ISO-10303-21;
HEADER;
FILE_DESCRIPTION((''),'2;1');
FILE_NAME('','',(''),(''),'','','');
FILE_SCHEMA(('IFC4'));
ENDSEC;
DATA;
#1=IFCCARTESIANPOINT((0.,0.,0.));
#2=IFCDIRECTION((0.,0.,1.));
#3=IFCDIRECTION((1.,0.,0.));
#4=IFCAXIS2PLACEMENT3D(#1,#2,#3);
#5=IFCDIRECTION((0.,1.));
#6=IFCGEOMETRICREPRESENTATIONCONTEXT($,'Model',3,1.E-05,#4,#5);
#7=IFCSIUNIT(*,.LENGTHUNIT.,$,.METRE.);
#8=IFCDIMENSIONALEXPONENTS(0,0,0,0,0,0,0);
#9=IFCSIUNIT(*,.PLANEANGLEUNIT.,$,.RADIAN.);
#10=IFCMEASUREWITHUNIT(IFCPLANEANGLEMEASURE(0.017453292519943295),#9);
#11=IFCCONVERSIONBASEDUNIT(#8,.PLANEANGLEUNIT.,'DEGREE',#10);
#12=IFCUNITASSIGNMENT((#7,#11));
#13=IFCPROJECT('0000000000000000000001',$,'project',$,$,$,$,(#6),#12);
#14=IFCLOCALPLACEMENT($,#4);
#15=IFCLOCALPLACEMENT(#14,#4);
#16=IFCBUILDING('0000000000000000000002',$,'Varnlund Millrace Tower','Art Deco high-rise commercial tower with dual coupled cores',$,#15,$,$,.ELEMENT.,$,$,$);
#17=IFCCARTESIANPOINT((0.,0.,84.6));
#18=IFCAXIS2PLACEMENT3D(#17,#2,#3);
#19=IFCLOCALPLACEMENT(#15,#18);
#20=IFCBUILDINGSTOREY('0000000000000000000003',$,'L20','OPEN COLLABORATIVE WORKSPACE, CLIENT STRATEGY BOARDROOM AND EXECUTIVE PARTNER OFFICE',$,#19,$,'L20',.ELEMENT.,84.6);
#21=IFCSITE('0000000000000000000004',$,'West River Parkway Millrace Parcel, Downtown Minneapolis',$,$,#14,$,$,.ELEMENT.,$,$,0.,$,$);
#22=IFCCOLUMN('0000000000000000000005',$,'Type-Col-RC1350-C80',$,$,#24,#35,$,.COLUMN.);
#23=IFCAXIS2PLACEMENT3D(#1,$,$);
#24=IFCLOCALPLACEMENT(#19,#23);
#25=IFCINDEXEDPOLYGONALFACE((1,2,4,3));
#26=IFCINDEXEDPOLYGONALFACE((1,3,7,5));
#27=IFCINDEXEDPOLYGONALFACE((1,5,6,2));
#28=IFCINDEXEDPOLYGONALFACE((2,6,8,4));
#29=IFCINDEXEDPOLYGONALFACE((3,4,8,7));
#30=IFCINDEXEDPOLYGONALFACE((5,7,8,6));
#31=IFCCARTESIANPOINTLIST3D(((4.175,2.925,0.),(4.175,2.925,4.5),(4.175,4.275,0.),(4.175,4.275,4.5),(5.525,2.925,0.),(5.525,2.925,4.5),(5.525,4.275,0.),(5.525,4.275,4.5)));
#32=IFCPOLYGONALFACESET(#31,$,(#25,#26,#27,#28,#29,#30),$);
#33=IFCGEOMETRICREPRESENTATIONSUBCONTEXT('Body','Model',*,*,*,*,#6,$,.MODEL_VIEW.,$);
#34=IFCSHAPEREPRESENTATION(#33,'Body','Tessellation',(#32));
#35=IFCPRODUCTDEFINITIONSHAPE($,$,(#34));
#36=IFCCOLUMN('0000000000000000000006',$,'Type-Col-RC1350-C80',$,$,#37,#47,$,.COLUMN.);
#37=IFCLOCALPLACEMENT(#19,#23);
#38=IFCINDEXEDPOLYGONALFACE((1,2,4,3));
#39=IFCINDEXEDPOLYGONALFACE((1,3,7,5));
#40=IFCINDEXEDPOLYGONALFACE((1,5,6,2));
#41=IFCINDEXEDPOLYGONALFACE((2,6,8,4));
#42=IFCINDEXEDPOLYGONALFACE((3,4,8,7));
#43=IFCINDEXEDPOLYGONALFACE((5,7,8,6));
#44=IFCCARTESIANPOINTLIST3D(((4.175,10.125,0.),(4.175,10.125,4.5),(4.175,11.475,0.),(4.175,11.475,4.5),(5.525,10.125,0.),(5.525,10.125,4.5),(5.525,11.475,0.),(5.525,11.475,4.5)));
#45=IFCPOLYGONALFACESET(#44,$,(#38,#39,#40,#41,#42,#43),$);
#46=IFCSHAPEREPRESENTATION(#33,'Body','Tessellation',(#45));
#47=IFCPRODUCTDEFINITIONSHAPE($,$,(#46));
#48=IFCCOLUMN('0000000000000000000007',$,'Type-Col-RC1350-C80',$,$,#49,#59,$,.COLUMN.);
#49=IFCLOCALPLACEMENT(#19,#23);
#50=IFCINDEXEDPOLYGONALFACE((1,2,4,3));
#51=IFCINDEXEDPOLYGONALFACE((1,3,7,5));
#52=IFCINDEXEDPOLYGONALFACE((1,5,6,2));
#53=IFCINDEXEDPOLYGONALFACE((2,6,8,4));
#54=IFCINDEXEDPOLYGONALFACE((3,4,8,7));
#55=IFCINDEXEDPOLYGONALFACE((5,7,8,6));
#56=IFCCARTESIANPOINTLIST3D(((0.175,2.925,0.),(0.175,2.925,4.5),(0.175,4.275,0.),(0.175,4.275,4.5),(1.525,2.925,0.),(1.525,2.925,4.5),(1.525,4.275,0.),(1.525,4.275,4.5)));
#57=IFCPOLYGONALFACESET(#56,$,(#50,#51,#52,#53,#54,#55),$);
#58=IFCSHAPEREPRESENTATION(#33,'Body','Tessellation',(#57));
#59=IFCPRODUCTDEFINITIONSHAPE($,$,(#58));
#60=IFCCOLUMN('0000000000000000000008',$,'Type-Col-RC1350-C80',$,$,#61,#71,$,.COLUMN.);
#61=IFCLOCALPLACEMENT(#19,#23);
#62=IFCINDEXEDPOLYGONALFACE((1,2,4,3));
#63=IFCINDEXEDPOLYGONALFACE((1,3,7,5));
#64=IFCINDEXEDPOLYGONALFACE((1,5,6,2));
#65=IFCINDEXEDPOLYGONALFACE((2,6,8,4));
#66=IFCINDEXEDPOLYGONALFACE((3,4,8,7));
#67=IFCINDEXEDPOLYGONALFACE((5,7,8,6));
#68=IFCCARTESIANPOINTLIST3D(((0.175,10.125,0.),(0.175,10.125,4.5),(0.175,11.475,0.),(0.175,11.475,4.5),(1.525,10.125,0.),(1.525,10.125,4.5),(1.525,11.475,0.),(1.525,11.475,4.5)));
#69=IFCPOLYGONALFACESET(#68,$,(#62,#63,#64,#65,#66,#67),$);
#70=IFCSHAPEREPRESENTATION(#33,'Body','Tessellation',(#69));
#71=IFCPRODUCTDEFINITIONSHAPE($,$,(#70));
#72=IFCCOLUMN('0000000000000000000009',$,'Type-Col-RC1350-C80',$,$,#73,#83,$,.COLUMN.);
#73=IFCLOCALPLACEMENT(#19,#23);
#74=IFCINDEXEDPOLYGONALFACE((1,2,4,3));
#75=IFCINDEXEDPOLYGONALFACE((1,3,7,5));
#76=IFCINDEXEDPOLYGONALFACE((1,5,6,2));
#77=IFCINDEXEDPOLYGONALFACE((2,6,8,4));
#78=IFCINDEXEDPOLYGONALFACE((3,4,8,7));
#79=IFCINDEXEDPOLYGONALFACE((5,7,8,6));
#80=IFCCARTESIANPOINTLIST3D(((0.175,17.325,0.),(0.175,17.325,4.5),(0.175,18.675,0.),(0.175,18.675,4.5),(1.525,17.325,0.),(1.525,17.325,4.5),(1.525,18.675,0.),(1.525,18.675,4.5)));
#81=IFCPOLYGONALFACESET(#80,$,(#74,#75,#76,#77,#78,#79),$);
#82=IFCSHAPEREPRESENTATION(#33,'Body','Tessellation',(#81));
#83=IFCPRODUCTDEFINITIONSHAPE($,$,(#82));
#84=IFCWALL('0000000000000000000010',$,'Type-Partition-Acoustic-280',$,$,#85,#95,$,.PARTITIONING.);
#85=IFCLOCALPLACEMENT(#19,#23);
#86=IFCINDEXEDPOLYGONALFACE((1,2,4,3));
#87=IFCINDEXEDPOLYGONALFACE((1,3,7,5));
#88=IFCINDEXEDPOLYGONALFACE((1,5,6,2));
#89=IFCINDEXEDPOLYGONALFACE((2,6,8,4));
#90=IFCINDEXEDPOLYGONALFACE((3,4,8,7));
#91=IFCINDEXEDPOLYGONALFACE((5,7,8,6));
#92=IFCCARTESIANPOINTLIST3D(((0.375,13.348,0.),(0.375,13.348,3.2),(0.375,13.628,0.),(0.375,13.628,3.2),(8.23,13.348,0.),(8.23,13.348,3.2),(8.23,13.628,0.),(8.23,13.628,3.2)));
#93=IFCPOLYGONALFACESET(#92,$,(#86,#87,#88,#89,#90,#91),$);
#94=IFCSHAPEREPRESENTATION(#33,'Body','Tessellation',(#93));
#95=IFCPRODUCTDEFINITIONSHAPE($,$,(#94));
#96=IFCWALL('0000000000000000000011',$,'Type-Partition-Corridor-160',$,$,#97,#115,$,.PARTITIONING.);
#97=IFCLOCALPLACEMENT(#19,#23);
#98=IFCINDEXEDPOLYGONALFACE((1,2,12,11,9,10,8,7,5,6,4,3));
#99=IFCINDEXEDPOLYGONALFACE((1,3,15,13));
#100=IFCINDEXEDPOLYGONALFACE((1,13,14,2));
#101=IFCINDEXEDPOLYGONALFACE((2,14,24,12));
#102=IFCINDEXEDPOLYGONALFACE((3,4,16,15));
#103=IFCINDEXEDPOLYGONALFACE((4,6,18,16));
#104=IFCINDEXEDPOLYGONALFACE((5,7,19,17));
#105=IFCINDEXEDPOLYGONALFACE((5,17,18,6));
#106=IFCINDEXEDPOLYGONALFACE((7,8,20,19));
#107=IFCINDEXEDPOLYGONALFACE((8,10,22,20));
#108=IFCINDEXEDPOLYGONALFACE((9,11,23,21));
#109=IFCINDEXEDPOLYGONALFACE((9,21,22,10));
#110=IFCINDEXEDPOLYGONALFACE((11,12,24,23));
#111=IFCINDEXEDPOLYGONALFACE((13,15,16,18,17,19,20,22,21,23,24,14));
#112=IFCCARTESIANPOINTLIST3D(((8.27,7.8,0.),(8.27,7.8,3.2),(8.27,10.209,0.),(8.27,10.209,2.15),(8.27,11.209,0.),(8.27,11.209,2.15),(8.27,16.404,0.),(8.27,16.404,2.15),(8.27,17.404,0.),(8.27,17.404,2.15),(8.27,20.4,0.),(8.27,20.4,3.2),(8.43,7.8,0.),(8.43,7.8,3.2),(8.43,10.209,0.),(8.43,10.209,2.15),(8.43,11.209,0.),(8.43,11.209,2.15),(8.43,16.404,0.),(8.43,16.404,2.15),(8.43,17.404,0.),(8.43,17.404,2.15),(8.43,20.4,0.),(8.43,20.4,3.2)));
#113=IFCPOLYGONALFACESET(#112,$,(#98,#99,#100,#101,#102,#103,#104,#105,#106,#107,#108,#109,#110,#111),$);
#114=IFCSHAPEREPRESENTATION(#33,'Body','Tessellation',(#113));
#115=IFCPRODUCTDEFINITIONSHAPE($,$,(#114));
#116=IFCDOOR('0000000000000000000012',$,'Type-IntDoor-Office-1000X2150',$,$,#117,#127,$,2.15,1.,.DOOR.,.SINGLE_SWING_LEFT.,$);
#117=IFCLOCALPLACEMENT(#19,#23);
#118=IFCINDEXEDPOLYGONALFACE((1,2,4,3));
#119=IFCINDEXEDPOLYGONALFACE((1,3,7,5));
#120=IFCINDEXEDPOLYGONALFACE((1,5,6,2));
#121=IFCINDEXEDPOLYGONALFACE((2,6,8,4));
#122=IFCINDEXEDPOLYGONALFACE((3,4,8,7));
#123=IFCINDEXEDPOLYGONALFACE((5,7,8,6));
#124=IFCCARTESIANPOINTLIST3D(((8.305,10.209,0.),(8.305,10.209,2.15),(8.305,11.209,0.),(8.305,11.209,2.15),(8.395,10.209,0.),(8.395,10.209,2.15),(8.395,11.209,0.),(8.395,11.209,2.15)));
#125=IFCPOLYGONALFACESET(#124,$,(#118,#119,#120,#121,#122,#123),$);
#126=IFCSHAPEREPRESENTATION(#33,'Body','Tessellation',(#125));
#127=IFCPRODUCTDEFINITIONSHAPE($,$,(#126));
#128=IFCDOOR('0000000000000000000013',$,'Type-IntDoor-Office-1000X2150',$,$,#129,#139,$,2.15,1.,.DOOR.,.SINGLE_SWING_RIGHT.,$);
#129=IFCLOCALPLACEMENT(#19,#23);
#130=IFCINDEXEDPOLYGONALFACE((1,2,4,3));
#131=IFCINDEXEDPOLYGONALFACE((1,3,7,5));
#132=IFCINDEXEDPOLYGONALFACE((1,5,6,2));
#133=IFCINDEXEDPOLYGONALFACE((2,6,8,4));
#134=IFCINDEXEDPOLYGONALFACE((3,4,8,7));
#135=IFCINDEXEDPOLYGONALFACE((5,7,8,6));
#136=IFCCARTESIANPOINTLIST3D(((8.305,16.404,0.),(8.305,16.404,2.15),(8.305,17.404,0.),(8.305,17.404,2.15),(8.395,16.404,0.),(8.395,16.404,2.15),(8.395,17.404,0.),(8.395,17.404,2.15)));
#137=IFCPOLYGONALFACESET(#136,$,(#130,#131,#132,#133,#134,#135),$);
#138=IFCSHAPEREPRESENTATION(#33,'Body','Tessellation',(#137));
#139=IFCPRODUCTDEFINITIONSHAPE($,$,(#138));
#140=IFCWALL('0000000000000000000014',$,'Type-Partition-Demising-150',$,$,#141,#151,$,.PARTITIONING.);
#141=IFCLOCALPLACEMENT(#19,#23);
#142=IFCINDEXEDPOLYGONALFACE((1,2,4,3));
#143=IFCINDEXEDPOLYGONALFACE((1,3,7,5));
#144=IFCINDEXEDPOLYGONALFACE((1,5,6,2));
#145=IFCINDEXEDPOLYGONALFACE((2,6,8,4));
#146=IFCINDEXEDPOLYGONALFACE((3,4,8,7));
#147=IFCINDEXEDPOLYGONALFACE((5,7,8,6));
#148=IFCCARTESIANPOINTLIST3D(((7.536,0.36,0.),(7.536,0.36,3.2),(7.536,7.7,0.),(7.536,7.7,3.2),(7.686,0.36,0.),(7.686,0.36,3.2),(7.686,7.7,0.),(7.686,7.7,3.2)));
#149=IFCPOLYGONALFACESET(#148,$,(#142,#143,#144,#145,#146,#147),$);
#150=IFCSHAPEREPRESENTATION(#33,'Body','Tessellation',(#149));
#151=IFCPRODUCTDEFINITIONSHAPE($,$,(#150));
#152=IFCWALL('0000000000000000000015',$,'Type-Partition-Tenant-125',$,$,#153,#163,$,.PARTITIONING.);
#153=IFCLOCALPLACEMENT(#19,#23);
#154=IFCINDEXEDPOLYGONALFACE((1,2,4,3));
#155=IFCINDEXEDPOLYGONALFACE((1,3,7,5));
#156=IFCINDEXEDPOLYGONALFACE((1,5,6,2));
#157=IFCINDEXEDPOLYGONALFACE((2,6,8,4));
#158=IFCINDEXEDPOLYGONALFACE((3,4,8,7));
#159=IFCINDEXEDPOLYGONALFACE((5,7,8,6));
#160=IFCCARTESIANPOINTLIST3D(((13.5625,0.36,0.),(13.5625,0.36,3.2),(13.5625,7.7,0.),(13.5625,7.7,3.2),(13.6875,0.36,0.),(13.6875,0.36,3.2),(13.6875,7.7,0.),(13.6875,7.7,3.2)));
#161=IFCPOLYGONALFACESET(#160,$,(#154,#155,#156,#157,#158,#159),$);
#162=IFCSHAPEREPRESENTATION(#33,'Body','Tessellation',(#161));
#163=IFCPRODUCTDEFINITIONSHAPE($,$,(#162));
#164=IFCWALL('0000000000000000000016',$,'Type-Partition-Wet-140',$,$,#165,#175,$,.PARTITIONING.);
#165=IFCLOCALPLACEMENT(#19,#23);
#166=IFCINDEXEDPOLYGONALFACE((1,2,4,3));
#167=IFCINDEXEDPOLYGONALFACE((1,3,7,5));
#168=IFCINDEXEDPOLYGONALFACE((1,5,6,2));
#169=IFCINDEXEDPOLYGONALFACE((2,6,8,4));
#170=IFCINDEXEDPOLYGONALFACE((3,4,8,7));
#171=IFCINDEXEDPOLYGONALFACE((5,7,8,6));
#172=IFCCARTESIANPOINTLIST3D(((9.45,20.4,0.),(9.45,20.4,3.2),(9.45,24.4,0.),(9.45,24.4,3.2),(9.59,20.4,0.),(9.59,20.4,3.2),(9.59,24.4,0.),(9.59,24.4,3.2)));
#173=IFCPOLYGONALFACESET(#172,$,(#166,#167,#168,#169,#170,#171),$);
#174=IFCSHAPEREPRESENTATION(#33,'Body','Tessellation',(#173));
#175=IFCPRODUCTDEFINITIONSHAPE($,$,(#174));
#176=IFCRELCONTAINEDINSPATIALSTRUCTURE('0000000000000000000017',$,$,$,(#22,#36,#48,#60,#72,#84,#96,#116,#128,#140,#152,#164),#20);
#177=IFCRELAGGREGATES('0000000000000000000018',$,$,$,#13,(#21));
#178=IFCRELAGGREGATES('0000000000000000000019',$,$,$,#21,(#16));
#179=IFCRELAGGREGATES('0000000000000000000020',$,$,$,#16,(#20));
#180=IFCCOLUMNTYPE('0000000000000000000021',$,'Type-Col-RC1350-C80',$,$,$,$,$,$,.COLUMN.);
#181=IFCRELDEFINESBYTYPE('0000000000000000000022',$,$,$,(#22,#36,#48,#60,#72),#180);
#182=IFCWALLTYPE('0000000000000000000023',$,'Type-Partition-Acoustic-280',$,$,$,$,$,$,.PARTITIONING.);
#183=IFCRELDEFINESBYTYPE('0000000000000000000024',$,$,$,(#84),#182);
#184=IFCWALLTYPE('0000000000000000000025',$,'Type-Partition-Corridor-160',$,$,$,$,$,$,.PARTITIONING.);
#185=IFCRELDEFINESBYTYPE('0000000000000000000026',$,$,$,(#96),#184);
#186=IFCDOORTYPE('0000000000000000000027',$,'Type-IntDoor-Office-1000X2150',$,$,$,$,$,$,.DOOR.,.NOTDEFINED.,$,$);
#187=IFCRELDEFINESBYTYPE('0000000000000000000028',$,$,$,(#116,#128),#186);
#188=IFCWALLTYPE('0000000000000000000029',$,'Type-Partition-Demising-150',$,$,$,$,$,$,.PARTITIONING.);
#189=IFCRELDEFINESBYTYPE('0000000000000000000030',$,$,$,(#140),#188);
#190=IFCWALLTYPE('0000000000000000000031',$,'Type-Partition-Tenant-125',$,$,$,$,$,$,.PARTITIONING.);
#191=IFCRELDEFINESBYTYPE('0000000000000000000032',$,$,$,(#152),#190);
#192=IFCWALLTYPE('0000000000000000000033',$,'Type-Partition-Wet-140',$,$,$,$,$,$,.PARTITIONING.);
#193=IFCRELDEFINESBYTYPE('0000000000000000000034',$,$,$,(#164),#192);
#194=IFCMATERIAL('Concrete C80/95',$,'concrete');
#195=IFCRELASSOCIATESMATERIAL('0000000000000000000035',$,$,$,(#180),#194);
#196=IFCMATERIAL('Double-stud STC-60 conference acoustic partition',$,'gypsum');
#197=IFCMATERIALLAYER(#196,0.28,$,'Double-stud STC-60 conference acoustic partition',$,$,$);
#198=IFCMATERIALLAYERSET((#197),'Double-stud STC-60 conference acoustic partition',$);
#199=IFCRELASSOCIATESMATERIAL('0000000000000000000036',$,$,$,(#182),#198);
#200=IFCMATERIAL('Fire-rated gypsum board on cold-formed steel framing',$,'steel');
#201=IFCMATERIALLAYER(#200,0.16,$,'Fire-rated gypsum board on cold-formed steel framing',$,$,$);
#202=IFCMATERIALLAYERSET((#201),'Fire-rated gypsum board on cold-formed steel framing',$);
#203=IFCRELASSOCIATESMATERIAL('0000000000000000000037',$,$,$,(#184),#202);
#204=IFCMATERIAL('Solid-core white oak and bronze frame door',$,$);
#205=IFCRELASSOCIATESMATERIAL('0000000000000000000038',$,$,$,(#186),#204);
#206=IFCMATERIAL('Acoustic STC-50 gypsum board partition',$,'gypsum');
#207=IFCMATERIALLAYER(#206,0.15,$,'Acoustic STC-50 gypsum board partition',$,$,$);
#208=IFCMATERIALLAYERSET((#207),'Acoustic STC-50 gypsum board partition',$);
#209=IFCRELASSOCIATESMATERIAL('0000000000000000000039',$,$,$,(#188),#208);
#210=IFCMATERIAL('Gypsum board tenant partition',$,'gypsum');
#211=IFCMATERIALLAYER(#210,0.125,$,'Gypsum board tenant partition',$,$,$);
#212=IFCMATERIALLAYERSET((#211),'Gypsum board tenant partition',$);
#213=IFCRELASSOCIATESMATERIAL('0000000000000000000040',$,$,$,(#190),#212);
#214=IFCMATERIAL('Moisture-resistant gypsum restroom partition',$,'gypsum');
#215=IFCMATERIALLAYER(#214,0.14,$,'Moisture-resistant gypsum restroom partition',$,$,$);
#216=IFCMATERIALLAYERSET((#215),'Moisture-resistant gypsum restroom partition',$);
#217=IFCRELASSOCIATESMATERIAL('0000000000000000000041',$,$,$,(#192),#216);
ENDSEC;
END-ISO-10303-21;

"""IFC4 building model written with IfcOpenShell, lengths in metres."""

from ifc_helpers import new_model, entity, si_unit, converted_unit, direction, frame, origin_with_axes, origin_2d_with_axis, place, context, subcontext, project, spatial, polyline, rectangle, outline, extrude, material, layer, layer_set, material_profile, profile_set, type_object, element, fill, save


model = new_model("IFC4")

# Units and contexts
model_context = context("Model", 3, precision=1e-05, world=origin_with_axes(), true_north=direction((0.0, 1.0)))
body_context = subcontext(model_context, "Body", "Model", "MODEL_VIEW")
ifc_project = project(units=[si_unit("LENGTHUNIT", "METRE"), converted_unit("PLANEANGLEUNIT", "DEGREE", entity("IfcPlaneAngleMeasure", 0.017453292519943295), si_unit("PLANEANGLEUNIT", "RADIAN"), dimensions=[0, 0, 0, 0, 0, 0, 0])], contexts=[model_context])

# Site, building, storey
site_placement = place(None, origin_with_axes())
site = spatial("IfcSite", under=ifc_project, at=site_placement, Name="West River Parkway Millrace Parcel, Downtown Minneapolis", CompositionType="ELEMENT", RefElevation=0.0)
building_placement = place(site_placement, origin_with_axes())
building = spatial("IfcBuilding", under=site, at=building_placement, Name="Varnlund Millrace Tower", Description="Art Deco high-rise commercial tower with dual coupled cores", CompositionType="ELEMENT")
storey_placement = place(building_placement, frame((0.0, 0.0, 84.6), z_axis=(0.0, 0.0, 1.0), x_axis=(1.0, 0.0, 0.0)))
storey = spatial("IfcBuildingStorey", under=building, at=storey_placement, Name="L20", Description="OPEN COLLABORATIVE WORKSPACE, CLIENT STRATEGY BOARDROOM AND EXECUTIVE PARTNER OFFICE", LongName="L20", CompositionType="ELEMENT", Elevation=84.6)

# Columns
ifc_material_1 = material(Name="Concrete C80/95", Category="concrete")
ifc_material_profile = material_profile(ifc_material_1, rectangle(XDim=1.35, YDim=1.35, at=origin_2d_with_axis()), Name="Concrete C80/95")
ifc_profile_set = profile_set([ifc_material_profile], Name="Concrete C80/95")
column_type = type_object("IfcColumnType", Name="Type-Col-RC1350-C80", PredefinedType="COLUMN", material=ifc_profile_set)
for number, where, z_axis, x_axis, name in (
    (1, (4.85, 3.6, 0.0), (0.0, 0.0, 1.0), (1.0, 0.0, 0.0), "Type-Col-RC1350-C80"),
    (2, (4.85, 10.8, 0.0), (0.0, 0.0, 1.0), (1.0, 0.0, 0.0), "Type-Col-RC1350-C80"),
    (3, (0.85, 3.6, 0.0), (0.0, 0.0, 1.0), (1.0, 0.0, 0.0), "Type-Col-RC1350-C80"),
    (4, (0.85, 10.8, 0.0), (0.0, 0.0, 1.0), (1.0, 0.0, 0.0), "Type-Col-RC1350-C80"),
    (5, (0.85, 18.0, 0.0), (0.0, 0.0, 1.0), (1.0, 0.0, 0.0), "Type-Col-RC1350-C80"),
):
    element("IfcColumn", number, at=place(storey_placement, frame(where, z_axis=z_axis, x_axis=x_axis)), inside=storey, type_object=column_type, Name=name, PredefinedType="COLUMN", context=body_context, shape_type="SweptSolid", body=[
        extrude(rectangle(XDim=1.35, YDim=1.35, at=origin_2d_with_axis()), origin_with_axes(), (0.0, 0.0, 1.0), 4.5),
    ])

# Wall
ifc_material_2 = material(Name="Double-stud STC-60 conference acoustic partition", Category="gypsum")
ifc_layer_1 = layer(ifc_material_2, 0.28, Name="Double-stud STC-60 conference acoustic partition")
ifc_layer_set_1 = layer_set([ifc_layer_1], Name="Double-stud STC-60 conference acoustic partition")
wall_type_1 = type_object("IfcWallType", Name="Type-Partition-Acoustic-280", PredefinedType="PARTITIONING", material=ifc_layer_set_1)
wall_1_placement = place(storey_placement, frame((0.375, 13.488, 0.0), z_axis=(0.0, 0.0, 1.0), x_axis=(1.0, 0.0, 0.0)))
element("IfcWall", 6, at=wall_1_placement, inside=storey, type_object=wall_type_1, Name="Type-Partition-Acoustic-280", PredefinedType="PARTITIONING", context=body_context, shape_type="SweptSolid", body=[
    extrude(outline(polyline([(0.0, -0.14), (7.855, -0.14), (7.855, 0.14), (0.0, 0.14), (0.0, -0.14)])), origin_with_axes(), (0.0, 0.0, 1.0), 3.2),
])

# Wall, openings, doors
ifc_material_3 = material(Name="Fire-rated gypsum board on cold-formed steel framing", Category="steel")
ifc_layer_2 = layer(ifc_material_3, 0.16, Name="Fire-rated gypsum board on cold-formed steel framing")
ifc_layer_set_2 = layer_set([ifc_layer_2], Name="Fire-rated gypsum board on cold-formed steel framing")
wall_type_2 = type_object("IfcWallType", Name="Type-Partition-Corridor-160", PredefinedType="PARTITIONING", material=ifc_layer_set_2)
ifc_material_4 = material(Name="Solid-core white oak and bronze frame door")
door_type_1 = type_object("IfcDoorType", Name="Type-IntDoor-Office-1000X2150", OperationType="NOTDEFINED", PredefinedType="DOOR", material=ifc_material_4)
wall_2_placement = place(storey_placement, frame((8.35, 7.8, 0.0), z_axis=(0.0, 0.0, 1.0), x_axis=(0.0, 1.0, 0.0)))
wall_2 = element("IfcWall", 7, at=wall_2_placement, inside=storey, type_object=wall_type_2, Name="Type-Partition-Corridor-160", PredefinedType="PARTITIONING", context=body_context, shape_type="SweptSolid", body=[
    extrude(outline(polyline([(0.0, -0.08), (12.6, -0.08), (12.6, 0.08), (0.0, 0.08), (0.0, -0.08)])), origin_with_axes(), (0.0, 0.0, 1.0), 3.2),
])
opening_1_placement = place(wall_2_placement, frame((2.909, 0.0, 0.0), z_axis=(0.0, 0.0, 1.0), x_axis=(1.0, 0.0, 0.0)))
opening_1 = element("IfcOpeningElement", 8, at=opening_1_placement, cuts=wall_2, PredefinedType="OPENING", context=body_context, shape_type="SweptSolid", body=[
    extrude(rectangle(XDim=1.0, YDim=0.18, at=origin_2d_with_axis()), origin_with_axes(), (0.0, 0.0, 1.0), 2.15),
])
opening_2_placement = place(wall_2_placement, frame((9.104, 0.0, 0.0), z_axis=(0.0, 0.0, 1.0), x_axis=(1.0, 0.0, 0.0)))
opening_2 = element("IfcOpeningElement", 9, at=opening_2_placement, cuts=wall_2, PredefinedType="OPENING", context=body_context, shape_type="SweptSolid", body=[
    extrude(rectangle(XDim=1.0, YDim=0.18, at=origin_2d_with_axis()), origin_with_axes(), (0.0, 0.0, 1.0), 2.15),
])
door_1_placement = place(wall_2_placement, frame((2.909, 0.0, 0.0), z_axis=(0.0, 0.0, 1.0), x_axis=(1.0, 0.0, 0.0)))
door_1 = element("IfcDoor", 10, at=door_1_placement, inside=storey, type_object=door_type_1, Name="Type-IntDoor-Office-1000X2150", OperationType="SINGLE_SWING_LEFT", OverallHeight=2.15, OverallWidth=1.0, PredefinedType="DOOR", context=body_context, shape_type="SweptSolid", body=[
    extrude(rectangle(XDim=1.0, YDim=0.09, at=origin_2d_with_axis()), origin_with_axes(), (0.0, 0.0, 1.0), 2.15),
])
fill(opening_1, door_1)
door_2_placement = place(wall_2_placement, frame((9.104, 0.0, 0.0), z_axis=(0.0, 0.0, 1.0), x_axis=(1.0, 0.0, 0.0)))
door_2 = element("IfcDoor", 11, at=door_2_placement, inside=storey, type_object=door_type_1, Name="Type-IntDoor-Office-1000X2150", OperationType="SINGLE_SWING_RIGHT", OverallHeight=2.15, OverallWidth=1.0, PredefinedType="DOOR", context=body_context, shape_type="SweptSolid", body=[
    extrude(rectangle(XDim=1.0, YDim=0.09, at=origin_2d_with_axis()), origin_with_axes(), (0.0, 0.0, 1.0), 2.15),
])
fill(opening_2, door_2)

# Walls
ifc_material_5 = material(Name="Acoustic STC-50 gypsum board partition", Category="gypsum")
ifc_layer_3 = layer(ifc_material_5, 0.15, Name="Acoustic STC-50 gypsum board partition")
ifc_layer_set_3 = layer_set([ifc_layer_3], Name="Acoustic STC-50 gypsum board partition")
wall_type_3 = type_object("IfcWallType", Name="Type-Partition-Demising-150", PredefinedType="PARTITIONING", material=ifc_layer_set_3)
wall_3_placement = place(storey_placement, frame((7.611, 0.36, 0.0), z_axis=(0.0, 0.0, 1.0), x_axis=(0.0, 1.0, 0.0)))
element("IfcWall", 12, at=wall_3_placement, inside=storey, type_object=wall_type_3, Name="Type-Partition-Demising-150", PredefinedType="PARTITIONING", context=body_context, shape_type="SweptSolid", body=[
    extrude(outline(polyline([(0.0, -0.075), (7.34, -0.075), (7.34, 0.075), (0.0, 0.075), (0.0, -0.075)])), origin_with_axes(), (0.0, 0.0, 1.0), 3.2),
])
ifc_material_6 = material(Name="Gypsum board tenant partition", Category="gypsum")
ifc_layer_4 = layer(ifc_material_6, 0.125, Name="Gypsum board tenant partition")
ifc_layer_set_4 = layer_set([ifc_layer_4], Name="Gypsum board tenant partition")
wall_type_4 = type_object("IfcWallType", Name="Type-Partition-Tenant-125", PredefinedType="PARTITIONING", material=ifc_layer_set_4)
wall_4_placement = place(storey_placement, frame((13.625, 0.36, 0.0), z_axis=(0.0, 0.0, 1.0), x_axis=(0.0, 1.0, 0.0)))
element("IfcWall", 13, at=wall_4_placement, inside=storey, type_object=wall_type_4, Name="Type-Partition-Tenant-125", PredefinedType="PARTITIONING", context=body_context, shape_type="SweptSolid", body=[
    extrude(outline(polyline([(0.0, -0.0625), (7.34, -0.0625), (7.34, 0.0625), (0.0, 0.0625), (0.0, -0.0625)])), origin_with_axes(), (0.0, 0.0, 1.0), 3.2),
])
ifc_material_7 = material(Name="Moisture-resistant gypsum restroom partition", Category="gypsum")
ifc_layer_5 = layer(ifc_material_7, 0.14, Name="Moisture-resistant gypsum restroom partition")
ifc_layer_set_5 = layer_set([ifc_layer_5], Name="Moisture-resistant gypsum restroom partition")
wall_type_5 = type_object("IfcWallType", Name="Type-Partition-Wet-140", PredefinedType="PARTITIONING", material=ifc_layer_set_5)
wall_5_placement = place(storey_placement, frame((9.52, 20.4, 0.0), z_axis=(0.0, 0.0, 1.0), x_axis=(0.0, 1.0, 0.0)))
element("IfcWall", 14, at=wall_5_placement, inside=storey, type_object=wall_type_5, Name="Type-Partition-Wet-140", PredefinedType="PARTITIONING", context=body_context, shape_type="SweptSolid", body=[
    extrude(outline(polyline([(0.0, -0.07), (4.0, -0.07), (4.0, 0.07), (0.0, 0.07), (0.0, -0.07)])), origin_with_axes(), (0.0, 0.0, 1.0), 3.2),
])

save(model, "model.ifc")
